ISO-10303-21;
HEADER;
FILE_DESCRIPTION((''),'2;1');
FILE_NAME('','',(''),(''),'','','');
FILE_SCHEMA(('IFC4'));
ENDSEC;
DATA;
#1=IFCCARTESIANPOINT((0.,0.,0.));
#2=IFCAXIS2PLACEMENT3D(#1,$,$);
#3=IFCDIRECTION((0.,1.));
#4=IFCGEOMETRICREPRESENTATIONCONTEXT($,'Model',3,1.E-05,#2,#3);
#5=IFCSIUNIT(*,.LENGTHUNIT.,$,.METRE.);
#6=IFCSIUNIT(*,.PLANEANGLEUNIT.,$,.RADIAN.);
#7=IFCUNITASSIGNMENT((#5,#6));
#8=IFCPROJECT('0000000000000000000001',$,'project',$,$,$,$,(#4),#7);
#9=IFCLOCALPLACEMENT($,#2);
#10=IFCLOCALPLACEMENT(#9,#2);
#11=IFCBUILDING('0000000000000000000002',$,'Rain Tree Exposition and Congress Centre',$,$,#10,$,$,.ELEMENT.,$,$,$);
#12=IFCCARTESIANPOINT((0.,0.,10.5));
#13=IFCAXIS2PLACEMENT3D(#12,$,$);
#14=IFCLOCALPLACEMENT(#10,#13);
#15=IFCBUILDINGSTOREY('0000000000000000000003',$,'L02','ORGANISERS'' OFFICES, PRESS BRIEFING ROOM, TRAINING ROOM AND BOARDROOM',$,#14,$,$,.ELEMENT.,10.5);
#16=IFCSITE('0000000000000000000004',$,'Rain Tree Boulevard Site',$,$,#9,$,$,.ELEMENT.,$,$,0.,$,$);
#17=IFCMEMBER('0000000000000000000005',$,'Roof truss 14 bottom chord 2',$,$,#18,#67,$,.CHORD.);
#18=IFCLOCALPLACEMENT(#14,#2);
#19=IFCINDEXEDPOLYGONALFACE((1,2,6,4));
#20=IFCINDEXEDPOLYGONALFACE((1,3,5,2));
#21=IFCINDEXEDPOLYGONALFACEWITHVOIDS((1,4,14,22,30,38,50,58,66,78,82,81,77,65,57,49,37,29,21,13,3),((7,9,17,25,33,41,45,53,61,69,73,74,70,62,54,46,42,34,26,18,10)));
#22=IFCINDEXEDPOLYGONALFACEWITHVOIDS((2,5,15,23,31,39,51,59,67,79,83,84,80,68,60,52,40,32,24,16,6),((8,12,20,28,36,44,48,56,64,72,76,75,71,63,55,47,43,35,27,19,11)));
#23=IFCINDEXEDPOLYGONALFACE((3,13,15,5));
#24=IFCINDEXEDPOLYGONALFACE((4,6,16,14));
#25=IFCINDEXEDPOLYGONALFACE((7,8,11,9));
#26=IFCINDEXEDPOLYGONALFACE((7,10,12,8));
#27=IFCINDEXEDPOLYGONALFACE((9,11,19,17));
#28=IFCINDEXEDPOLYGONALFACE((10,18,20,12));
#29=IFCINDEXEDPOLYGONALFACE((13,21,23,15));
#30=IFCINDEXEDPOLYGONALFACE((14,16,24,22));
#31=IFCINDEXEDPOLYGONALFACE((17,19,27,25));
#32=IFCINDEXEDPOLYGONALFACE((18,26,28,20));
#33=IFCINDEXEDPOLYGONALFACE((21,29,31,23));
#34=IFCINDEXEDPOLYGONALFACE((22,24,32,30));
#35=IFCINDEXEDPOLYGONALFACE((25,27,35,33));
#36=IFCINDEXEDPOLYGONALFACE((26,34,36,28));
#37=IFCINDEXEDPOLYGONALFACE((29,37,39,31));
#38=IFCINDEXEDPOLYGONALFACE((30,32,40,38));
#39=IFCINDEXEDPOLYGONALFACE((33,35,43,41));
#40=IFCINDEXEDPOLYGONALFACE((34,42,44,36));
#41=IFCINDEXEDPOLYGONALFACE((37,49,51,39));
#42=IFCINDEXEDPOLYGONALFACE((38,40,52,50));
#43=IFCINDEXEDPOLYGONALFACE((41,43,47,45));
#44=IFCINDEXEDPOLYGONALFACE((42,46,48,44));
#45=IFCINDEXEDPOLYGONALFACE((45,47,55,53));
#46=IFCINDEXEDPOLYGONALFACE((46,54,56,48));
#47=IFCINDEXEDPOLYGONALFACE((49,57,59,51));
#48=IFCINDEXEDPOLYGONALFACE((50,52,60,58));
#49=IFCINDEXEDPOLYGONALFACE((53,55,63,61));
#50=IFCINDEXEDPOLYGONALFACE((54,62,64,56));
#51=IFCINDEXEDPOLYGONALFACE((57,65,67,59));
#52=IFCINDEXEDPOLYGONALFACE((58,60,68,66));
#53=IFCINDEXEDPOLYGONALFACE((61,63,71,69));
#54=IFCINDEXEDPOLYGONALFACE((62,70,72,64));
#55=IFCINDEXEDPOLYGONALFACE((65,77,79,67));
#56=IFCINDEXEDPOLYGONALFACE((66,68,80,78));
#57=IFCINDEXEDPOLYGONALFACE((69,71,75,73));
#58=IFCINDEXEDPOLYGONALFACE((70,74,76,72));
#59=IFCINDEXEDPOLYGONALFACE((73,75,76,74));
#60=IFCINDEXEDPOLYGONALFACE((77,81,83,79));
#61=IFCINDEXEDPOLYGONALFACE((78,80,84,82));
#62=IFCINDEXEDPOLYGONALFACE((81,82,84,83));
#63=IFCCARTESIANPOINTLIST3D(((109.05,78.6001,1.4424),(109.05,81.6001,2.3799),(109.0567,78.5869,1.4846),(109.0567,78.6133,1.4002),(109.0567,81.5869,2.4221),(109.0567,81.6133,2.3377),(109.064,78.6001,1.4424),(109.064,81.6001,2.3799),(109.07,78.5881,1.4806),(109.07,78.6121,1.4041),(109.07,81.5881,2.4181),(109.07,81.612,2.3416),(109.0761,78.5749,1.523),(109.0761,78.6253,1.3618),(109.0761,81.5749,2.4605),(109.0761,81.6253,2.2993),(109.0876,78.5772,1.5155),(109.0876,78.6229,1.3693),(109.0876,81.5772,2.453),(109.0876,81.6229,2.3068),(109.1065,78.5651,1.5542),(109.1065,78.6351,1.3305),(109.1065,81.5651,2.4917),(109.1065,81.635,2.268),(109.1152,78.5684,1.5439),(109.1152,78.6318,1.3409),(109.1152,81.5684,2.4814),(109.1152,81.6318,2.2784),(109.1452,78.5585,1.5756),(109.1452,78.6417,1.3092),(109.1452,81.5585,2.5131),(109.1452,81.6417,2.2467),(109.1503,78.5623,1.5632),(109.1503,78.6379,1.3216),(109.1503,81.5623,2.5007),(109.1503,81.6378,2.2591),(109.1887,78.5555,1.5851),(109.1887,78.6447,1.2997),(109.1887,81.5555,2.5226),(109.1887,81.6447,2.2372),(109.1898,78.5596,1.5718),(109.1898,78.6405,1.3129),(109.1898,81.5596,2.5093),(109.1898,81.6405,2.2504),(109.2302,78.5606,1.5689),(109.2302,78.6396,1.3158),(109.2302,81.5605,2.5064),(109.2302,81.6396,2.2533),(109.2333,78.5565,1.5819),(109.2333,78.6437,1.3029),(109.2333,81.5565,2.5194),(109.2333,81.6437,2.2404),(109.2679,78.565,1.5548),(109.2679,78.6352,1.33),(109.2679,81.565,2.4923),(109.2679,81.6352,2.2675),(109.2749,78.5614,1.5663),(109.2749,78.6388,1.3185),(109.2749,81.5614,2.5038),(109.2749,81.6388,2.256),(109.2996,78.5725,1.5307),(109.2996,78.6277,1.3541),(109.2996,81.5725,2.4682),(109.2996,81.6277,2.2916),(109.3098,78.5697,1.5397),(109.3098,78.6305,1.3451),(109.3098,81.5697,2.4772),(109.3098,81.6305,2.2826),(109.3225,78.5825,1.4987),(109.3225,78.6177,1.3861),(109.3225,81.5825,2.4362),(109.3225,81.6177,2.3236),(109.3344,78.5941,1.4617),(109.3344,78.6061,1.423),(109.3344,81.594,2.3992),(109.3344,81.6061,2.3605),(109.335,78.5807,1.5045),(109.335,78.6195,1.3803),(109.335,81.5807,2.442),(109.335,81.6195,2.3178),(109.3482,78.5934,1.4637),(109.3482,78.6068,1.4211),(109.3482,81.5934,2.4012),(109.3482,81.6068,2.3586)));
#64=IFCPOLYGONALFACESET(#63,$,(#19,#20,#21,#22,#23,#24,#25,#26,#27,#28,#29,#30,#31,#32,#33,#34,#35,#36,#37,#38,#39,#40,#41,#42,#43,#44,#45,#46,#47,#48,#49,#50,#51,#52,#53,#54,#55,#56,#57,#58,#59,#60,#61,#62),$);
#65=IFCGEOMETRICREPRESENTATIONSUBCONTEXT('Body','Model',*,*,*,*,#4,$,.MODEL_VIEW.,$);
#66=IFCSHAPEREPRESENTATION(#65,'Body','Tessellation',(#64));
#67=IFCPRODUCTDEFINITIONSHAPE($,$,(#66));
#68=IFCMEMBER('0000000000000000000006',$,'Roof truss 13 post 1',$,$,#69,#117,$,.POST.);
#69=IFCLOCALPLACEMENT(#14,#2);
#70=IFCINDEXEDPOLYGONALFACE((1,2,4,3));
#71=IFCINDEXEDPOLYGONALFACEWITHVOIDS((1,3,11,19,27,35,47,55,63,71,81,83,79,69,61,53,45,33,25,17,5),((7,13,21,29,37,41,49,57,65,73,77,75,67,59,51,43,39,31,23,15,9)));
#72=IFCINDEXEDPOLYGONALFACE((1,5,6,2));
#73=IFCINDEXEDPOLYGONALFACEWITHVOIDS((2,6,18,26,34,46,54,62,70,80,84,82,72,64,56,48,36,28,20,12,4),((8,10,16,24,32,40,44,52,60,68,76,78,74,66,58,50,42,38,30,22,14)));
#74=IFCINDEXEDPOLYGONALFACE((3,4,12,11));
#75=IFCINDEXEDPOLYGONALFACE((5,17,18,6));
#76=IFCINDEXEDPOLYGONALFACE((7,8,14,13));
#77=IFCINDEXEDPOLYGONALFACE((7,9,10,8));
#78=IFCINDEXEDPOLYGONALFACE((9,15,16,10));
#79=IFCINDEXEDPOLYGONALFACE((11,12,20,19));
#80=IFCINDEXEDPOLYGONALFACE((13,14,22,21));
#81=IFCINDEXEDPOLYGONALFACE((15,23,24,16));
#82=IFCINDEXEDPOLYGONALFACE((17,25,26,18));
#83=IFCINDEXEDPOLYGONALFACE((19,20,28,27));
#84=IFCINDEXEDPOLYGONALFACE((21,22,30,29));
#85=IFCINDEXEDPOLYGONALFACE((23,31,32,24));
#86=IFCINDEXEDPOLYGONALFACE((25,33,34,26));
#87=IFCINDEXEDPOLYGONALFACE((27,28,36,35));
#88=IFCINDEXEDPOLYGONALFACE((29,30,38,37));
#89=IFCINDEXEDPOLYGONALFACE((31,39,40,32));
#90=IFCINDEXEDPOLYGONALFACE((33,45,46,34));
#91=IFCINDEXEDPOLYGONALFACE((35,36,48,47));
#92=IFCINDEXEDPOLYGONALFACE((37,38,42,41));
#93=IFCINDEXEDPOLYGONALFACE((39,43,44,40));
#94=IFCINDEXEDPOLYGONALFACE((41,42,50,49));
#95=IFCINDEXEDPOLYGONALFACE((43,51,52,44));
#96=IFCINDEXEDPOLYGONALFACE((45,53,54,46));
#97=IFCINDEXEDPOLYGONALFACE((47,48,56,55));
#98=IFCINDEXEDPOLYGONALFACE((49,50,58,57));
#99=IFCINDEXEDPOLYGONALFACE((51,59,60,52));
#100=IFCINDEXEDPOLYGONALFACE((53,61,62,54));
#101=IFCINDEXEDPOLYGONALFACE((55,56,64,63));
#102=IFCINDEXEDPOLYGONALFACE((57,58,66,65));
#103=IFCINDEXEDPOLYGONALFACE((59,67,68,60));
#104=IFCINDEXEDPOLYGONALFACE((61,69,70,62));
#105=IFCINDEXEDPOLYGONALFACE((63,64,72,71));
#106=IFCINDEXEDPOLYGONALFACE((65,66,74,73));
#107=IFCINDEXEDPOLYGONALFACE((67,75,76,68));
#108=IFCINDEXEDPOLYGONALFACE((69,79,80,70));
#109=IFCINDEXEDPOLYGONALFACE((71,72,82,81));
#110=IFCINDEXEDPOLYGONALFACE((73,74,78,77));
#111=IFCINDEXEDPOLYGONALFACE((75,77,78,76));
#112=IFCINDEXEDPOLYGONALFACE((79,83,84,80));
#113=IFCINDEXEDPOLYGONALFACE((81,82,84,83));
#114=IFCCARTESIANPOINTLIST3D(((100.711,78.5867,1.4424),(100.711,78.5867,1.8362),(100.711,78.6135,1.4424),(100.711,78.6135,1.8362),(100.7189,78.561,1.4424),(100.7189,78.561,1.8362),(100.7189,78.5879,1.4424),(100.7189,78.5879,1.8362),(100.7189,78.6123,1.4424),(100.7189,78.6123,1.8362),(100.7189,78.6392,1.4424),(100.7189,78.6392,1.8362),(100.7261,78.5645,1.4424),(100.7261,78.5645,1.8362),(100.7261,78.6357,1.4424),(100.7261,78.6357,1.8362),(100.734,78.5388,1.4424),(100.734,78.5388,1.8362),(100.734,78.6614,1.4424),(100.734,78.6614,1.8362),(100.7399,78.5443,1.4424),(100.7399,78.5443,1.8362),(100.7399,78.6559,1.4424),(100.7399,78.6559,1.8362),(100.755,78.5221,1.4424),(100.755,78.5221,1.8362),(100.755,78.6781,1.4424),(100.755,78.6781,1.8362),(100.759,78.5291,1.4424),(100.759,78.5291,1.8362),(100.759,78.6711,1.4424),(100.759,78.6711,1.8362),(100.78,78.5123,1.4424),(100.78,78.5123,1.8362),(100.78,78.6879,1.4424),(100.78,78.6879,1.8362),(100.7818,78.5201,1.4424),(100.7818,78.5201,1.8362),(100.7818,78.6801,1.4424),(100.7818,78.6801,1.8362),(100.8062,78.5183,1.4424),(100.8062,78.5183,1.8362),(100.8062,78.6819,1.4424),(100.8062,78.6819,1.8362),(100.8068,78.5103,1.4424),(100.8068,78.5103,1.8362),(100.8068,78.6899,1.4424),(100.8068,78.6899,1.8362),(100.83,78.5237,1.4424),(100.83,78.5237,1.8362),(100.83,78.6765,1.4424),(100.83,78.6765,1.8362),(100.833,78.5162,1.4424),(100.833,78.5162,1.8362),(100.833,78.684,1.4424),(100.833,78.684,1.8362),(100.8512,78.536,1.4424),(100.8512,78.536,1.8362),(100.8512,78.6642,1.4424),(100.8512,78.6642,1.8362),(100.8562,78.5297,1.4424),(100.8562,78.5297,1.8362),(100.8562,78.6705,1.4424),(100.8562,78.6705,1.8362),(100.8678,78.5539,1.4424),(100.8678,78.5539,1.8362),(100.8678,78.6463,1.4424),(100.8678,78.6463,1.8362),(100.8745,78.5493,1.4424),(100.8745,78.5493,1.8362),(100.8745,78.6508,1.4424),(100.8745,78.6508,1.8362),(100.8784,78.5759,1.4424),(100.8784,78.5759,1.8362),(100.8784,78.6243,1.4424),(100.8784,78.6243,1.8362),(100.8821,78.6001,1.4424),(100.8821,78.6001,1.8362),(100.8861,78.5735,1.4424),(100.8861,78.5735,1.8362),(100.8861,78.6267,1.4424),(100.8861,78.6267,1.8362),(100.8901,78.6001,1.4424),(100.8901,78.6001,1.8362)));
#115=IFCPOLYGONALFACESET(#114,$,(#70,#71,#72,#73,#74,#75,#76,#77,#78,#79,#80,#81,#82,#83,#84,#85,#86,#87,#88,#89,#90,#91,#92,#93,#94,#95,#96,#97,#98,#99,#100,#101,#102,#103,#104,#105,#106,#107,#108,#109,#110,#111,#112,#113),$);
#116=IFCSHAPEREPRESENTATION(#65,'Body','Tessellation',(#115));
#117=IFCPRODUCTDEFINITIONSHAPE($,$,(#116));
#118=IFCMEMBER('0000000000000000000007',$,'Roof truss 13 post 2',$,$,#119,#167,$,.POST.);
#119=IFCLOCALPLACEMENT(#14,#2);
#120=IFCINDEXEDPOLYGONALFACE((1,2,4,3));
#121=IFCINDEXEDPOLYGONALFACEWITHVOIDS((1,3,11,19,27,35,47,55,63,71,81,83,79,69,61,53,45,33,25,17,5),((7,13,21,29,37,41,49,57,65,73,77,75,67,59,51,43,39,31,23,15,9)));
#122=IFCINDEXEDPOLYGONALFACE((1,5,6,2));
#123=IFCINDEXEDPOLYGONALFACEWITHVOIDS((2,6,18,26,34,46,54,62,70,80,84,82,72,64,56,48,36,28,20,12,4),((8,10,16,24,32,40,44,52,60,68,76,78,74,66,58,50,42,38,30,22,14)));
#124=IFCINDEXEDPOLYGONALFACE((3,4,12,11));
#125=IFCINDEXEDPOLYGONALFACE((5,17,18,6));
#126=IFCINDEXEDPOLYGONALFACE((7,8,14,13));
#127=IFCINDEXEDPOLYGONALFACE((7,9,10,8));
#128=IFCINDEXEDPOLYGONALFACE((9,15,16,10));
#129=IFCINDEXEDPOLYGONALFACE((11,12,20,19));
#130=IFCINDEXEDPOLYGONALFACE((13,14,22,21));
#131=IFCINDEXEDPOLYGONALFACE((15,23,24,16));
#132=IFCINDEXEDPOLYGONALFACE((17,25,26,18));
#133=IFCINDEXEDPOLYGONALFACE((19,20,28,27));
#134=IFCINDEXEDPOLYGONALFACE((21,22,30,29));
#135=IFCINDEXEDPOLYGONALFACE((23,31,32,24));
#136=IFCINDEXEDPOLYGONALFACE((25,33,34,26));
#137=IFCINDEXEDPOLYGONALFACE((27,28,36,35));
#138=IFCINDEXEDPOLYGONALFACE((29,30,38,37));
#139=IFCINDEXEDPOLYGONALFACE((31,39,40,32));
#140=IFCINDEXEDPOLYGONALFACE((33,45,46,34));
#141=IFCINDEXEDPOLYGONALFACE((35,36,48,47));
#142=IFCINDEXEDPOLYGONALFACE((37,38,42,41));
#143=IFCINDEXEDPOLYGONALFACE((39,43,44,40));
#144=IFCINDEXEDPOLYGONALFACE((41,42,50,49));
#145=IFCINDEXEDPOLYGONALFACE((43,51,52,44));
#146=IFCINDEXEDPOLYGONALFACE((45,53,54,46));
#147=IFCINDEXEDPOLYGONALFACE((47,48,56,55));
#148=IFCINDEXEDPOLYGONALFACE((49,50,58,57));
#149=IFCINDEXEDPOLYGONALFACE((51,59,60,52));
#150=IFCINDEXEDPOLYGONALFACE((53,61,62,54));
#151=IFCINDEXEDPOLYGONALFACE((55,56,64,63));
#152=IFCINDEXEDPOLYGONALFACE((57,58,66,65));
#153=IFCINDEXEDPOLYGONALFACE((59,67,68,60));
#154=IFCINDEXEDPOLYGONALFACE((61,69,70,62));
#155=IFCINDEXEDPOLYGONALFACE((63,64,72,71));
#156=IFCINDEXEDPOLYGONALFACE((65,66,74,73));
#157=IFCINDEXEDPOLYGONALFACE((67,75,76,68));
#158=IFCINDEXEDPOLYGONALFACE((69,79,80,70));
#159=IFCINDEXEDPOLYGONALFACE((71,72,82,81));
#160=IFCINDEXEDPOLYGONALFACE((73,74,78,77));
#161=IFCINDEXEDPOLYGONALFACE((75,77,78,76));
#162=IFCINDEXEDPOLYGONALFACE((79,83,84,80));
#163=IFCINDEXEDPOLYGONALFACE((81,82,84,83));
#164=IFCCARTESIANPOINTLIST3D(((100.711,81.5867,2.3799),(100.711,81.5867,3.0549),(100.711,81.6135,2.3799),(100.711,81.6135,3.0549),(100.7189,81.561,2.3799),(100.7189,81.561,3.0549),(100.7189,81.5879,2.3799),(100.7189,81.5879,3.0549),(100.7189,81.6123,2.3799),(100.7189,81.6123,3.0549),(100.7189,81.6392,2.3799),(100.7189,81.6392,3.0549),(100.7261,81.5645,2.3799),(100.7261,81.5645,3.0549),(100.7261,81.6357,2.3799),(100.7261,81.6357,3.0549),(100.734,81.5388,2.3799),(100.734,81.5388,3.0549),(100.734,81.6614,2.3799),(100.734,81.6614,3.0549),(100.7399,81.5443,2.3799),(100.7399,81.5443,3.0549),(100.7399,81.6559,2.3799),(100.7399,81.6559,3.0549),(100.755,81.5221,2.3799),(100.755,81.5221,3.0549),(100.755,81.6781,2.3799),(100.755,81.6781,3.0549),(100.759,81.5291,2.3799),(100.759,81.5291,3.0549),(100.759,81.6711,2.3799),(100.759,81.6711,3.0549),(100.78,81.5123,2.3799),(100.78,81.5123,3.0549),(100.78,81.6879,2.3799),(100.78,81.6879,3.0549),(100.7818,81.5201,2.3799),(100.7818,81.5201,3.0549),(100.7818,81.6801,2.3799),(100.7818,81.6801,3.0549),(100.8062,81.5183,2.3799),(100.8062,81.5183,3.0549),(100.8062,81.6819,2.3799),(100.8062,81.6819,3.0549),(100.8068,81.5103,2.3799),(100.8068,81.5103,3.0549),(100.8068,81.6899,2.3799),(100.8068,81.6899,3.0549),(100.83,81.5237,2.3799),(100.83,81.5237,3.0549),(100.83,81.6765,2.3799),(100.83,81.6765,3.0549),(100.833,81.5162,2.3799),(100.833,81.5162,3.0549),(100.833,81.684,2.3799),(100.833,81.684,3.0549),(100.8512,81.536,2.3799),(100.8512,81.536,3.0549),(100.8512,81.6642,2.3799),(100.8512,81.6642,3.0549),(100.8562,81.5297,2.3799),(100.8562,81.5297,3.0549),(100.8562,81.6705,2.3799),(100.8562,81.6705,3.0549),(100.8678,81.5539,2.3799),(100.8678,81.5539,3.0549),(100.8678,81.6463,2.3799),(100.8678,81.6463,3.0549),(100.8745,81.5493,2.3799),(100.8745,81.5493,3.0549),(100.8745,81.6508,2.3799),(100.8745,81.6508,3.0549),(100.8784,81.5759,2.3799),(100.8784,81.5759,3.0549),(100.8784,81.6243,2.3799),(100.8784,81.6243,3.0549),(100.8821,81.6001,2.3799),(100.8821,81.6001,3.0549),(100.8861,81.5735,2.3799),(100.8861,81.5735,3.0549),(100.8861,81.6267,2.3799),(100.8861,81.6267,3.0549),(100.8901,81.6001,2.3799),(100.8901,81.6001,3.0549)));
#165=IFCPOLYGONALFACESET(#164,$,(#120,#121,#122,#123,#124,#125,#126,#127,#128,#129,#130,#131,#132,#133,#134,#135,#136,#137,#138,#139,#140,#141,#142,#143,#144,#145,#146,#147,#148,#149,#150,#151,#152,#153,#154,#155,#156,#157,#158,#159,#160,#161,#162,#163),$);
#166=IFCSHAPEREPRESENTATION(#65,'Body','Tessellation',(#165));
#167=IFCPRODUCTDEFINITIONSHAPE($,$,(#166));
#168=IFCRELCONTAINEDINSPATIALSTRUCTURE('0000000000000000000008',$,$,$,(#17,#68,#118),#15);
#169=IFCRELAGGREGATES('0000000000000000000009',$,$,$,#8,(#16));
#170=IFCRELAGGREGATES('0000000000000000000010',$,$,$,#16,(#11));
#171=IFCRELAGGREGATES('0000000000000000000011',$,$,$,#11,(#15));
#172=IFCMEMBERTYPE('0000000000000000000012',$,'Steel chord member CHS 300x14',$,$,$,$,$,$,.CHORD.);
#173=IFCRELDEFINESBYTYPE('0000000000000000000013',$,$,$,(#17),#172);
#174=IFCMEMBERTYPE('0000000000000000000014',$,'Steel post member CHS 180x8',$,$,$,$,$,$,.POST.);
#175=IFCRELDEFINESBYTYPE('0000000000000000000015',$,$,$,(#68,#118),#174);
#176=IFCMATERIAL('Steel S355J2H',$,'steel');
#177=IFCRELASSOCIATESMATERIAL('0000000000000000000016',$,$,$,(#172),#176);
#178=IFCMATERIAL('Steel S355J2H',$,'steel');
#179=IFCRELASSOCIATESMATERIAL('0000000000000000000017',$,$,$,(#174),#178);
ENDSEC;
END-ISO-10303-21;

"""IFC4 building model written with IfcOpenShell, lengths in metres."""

from ifc_helpers import new_model, si_unit, direction, frame, origin, origin_2d, place, context, subcontext, project, spatial, hollow_circle, extrude, material, material_profile, profile_set, type_object, element, save


model = new_model("IFC4")

# Units and contexts
model_context = context("Model", 3, precision=1e-05, world=origin(), true_north=direction((0.0, 1.0)))
body_context = subcontext(model_context, "Body", "Model", "MODEL_VIEW")
ifc_project = project(units=[si_unit("LENGTHUNIT", "METRE"), si_unit("PLANEANGLEUNIT", "RADIAN")], contexts=[model_context])

# Site, building, storey
site_placement = place(None, origin())
site = spatial("IfcSite", under=ifc_project, at=site_placement, Name="Rain Tree Boulevard Site", CompositionType="ELEMENT", RefElevation=0.0)
building_placement = place(site_placement, origin())
building = spatial("IfcBuilding", under=site, at=building_placement, Name="Rain Tree Exposition and Congress Centre", CompositionType="ELEMENT")
storey_placement = place(building_placement, frame((0.0, 0.0, 10.5)))
storey = spatial("IfcBuildingStorey", under=building, at=storey_placement, Name="L02", Description="ORGANISERS' OFFICES, PRESS BRIEFING ROOM, TRAINING ROOM AND BOARDROOM", CompositionType="ELEMENT", Elevation=10.5)

# Members
ifc_material_1 = material(Name="Steel S355J2H", Category="steel")
ifc_material_profile_1 = material_profile(ifc_material_1, hollow_circle(Radius=0.1499, WallThickness=0.0139, at=origin_2d()), Name="CHS 300x14")
ifc_profile_set_1 = profile_set([ifc_material_profile_1], Name="Steel S355J2H")
member_type_1 = type_object("IfcMemberType", Name="Steel chord member CHS 300x14", PredefinedType="CHORD", material=ifc_profile_set_1)
member_1_placement = place(storey_placement, frame((109.2, 78.6001, 1.4424), z_axis=(0.0, 0.95448, 0.298275), x_axis=(-1.0, 0.0, 0.0)))
element("IfcMember", 1, at=member_1_placement, inside=storey, type_object=member_type_1, Name="Roof truss 14 bottom chord 2", PredefinedType="CHORD", context=body_context, shape_type="SweptSolid", body=[
    extrude(hollow_circle(Radius=0.1499, WallThickness=0.0139, at=origin_2d()), origin(), (0.0, 0.0, 1.0), 3.1431),
])
ifc_material_2 = material(Name="Steel S355J2H", Category="steel")
ifc_material_profile_2 = material_profile(ifc_material_2, hollow_circle(Radius=0.0901, WallThickness=0.0081, at=origin_2d()), Name="CHS 180x8")
ifc_profile_set_2 = profile_set([ifc_material_profile_2], Name="Steel S355J2H")
member_type_2 = type_object("IfcMemberType", Name="Steel post member CHS 180x8", PredefinedType="POST", material=ifc_profile_set_2)
member_2_placement = place(storey_placement, frame((100.8, 78.6001, 1.4424), z_axis=(0.0, 0.0, 1.0), x_axis=(1.0, 0.0, 0.0)))
element("IfcMember", 2, at=member_2_placement, inside=storey, type_object=member_type_2, Name="Roof truss 13 post 1", PredefinedType="POST", context=body_context, shape_type="SweptSolid", body=[
    extrude(hollow_circle(Radius=0.0901, WallThickness=0.0081, at=origin_2d()), origin(), (0.0, 0.0, 1.0), 0.3938),
])
member_3_placement = place(storey_placement, frame((100.8, 81.6001, 2.3799), z_axis=(0.0, 0.0, 1.0), x_axis=(1.0, 0.0, 0.0)))
element("IfcMember", 3, at=member_3_placement, inside=storey, type_object=member_type_2, Name="Roof truss 13 post 2", PredefinedType="POST", context=body_context, shape_type="SweptSolid", body=[
    extrude(hollow_circle(Radius=0.0901, WallThickness=0.0081, at=origin_2d()), origin(), (0.0, 0.0, 1.0), 0.675),
])

save(model, "model.ifc")
